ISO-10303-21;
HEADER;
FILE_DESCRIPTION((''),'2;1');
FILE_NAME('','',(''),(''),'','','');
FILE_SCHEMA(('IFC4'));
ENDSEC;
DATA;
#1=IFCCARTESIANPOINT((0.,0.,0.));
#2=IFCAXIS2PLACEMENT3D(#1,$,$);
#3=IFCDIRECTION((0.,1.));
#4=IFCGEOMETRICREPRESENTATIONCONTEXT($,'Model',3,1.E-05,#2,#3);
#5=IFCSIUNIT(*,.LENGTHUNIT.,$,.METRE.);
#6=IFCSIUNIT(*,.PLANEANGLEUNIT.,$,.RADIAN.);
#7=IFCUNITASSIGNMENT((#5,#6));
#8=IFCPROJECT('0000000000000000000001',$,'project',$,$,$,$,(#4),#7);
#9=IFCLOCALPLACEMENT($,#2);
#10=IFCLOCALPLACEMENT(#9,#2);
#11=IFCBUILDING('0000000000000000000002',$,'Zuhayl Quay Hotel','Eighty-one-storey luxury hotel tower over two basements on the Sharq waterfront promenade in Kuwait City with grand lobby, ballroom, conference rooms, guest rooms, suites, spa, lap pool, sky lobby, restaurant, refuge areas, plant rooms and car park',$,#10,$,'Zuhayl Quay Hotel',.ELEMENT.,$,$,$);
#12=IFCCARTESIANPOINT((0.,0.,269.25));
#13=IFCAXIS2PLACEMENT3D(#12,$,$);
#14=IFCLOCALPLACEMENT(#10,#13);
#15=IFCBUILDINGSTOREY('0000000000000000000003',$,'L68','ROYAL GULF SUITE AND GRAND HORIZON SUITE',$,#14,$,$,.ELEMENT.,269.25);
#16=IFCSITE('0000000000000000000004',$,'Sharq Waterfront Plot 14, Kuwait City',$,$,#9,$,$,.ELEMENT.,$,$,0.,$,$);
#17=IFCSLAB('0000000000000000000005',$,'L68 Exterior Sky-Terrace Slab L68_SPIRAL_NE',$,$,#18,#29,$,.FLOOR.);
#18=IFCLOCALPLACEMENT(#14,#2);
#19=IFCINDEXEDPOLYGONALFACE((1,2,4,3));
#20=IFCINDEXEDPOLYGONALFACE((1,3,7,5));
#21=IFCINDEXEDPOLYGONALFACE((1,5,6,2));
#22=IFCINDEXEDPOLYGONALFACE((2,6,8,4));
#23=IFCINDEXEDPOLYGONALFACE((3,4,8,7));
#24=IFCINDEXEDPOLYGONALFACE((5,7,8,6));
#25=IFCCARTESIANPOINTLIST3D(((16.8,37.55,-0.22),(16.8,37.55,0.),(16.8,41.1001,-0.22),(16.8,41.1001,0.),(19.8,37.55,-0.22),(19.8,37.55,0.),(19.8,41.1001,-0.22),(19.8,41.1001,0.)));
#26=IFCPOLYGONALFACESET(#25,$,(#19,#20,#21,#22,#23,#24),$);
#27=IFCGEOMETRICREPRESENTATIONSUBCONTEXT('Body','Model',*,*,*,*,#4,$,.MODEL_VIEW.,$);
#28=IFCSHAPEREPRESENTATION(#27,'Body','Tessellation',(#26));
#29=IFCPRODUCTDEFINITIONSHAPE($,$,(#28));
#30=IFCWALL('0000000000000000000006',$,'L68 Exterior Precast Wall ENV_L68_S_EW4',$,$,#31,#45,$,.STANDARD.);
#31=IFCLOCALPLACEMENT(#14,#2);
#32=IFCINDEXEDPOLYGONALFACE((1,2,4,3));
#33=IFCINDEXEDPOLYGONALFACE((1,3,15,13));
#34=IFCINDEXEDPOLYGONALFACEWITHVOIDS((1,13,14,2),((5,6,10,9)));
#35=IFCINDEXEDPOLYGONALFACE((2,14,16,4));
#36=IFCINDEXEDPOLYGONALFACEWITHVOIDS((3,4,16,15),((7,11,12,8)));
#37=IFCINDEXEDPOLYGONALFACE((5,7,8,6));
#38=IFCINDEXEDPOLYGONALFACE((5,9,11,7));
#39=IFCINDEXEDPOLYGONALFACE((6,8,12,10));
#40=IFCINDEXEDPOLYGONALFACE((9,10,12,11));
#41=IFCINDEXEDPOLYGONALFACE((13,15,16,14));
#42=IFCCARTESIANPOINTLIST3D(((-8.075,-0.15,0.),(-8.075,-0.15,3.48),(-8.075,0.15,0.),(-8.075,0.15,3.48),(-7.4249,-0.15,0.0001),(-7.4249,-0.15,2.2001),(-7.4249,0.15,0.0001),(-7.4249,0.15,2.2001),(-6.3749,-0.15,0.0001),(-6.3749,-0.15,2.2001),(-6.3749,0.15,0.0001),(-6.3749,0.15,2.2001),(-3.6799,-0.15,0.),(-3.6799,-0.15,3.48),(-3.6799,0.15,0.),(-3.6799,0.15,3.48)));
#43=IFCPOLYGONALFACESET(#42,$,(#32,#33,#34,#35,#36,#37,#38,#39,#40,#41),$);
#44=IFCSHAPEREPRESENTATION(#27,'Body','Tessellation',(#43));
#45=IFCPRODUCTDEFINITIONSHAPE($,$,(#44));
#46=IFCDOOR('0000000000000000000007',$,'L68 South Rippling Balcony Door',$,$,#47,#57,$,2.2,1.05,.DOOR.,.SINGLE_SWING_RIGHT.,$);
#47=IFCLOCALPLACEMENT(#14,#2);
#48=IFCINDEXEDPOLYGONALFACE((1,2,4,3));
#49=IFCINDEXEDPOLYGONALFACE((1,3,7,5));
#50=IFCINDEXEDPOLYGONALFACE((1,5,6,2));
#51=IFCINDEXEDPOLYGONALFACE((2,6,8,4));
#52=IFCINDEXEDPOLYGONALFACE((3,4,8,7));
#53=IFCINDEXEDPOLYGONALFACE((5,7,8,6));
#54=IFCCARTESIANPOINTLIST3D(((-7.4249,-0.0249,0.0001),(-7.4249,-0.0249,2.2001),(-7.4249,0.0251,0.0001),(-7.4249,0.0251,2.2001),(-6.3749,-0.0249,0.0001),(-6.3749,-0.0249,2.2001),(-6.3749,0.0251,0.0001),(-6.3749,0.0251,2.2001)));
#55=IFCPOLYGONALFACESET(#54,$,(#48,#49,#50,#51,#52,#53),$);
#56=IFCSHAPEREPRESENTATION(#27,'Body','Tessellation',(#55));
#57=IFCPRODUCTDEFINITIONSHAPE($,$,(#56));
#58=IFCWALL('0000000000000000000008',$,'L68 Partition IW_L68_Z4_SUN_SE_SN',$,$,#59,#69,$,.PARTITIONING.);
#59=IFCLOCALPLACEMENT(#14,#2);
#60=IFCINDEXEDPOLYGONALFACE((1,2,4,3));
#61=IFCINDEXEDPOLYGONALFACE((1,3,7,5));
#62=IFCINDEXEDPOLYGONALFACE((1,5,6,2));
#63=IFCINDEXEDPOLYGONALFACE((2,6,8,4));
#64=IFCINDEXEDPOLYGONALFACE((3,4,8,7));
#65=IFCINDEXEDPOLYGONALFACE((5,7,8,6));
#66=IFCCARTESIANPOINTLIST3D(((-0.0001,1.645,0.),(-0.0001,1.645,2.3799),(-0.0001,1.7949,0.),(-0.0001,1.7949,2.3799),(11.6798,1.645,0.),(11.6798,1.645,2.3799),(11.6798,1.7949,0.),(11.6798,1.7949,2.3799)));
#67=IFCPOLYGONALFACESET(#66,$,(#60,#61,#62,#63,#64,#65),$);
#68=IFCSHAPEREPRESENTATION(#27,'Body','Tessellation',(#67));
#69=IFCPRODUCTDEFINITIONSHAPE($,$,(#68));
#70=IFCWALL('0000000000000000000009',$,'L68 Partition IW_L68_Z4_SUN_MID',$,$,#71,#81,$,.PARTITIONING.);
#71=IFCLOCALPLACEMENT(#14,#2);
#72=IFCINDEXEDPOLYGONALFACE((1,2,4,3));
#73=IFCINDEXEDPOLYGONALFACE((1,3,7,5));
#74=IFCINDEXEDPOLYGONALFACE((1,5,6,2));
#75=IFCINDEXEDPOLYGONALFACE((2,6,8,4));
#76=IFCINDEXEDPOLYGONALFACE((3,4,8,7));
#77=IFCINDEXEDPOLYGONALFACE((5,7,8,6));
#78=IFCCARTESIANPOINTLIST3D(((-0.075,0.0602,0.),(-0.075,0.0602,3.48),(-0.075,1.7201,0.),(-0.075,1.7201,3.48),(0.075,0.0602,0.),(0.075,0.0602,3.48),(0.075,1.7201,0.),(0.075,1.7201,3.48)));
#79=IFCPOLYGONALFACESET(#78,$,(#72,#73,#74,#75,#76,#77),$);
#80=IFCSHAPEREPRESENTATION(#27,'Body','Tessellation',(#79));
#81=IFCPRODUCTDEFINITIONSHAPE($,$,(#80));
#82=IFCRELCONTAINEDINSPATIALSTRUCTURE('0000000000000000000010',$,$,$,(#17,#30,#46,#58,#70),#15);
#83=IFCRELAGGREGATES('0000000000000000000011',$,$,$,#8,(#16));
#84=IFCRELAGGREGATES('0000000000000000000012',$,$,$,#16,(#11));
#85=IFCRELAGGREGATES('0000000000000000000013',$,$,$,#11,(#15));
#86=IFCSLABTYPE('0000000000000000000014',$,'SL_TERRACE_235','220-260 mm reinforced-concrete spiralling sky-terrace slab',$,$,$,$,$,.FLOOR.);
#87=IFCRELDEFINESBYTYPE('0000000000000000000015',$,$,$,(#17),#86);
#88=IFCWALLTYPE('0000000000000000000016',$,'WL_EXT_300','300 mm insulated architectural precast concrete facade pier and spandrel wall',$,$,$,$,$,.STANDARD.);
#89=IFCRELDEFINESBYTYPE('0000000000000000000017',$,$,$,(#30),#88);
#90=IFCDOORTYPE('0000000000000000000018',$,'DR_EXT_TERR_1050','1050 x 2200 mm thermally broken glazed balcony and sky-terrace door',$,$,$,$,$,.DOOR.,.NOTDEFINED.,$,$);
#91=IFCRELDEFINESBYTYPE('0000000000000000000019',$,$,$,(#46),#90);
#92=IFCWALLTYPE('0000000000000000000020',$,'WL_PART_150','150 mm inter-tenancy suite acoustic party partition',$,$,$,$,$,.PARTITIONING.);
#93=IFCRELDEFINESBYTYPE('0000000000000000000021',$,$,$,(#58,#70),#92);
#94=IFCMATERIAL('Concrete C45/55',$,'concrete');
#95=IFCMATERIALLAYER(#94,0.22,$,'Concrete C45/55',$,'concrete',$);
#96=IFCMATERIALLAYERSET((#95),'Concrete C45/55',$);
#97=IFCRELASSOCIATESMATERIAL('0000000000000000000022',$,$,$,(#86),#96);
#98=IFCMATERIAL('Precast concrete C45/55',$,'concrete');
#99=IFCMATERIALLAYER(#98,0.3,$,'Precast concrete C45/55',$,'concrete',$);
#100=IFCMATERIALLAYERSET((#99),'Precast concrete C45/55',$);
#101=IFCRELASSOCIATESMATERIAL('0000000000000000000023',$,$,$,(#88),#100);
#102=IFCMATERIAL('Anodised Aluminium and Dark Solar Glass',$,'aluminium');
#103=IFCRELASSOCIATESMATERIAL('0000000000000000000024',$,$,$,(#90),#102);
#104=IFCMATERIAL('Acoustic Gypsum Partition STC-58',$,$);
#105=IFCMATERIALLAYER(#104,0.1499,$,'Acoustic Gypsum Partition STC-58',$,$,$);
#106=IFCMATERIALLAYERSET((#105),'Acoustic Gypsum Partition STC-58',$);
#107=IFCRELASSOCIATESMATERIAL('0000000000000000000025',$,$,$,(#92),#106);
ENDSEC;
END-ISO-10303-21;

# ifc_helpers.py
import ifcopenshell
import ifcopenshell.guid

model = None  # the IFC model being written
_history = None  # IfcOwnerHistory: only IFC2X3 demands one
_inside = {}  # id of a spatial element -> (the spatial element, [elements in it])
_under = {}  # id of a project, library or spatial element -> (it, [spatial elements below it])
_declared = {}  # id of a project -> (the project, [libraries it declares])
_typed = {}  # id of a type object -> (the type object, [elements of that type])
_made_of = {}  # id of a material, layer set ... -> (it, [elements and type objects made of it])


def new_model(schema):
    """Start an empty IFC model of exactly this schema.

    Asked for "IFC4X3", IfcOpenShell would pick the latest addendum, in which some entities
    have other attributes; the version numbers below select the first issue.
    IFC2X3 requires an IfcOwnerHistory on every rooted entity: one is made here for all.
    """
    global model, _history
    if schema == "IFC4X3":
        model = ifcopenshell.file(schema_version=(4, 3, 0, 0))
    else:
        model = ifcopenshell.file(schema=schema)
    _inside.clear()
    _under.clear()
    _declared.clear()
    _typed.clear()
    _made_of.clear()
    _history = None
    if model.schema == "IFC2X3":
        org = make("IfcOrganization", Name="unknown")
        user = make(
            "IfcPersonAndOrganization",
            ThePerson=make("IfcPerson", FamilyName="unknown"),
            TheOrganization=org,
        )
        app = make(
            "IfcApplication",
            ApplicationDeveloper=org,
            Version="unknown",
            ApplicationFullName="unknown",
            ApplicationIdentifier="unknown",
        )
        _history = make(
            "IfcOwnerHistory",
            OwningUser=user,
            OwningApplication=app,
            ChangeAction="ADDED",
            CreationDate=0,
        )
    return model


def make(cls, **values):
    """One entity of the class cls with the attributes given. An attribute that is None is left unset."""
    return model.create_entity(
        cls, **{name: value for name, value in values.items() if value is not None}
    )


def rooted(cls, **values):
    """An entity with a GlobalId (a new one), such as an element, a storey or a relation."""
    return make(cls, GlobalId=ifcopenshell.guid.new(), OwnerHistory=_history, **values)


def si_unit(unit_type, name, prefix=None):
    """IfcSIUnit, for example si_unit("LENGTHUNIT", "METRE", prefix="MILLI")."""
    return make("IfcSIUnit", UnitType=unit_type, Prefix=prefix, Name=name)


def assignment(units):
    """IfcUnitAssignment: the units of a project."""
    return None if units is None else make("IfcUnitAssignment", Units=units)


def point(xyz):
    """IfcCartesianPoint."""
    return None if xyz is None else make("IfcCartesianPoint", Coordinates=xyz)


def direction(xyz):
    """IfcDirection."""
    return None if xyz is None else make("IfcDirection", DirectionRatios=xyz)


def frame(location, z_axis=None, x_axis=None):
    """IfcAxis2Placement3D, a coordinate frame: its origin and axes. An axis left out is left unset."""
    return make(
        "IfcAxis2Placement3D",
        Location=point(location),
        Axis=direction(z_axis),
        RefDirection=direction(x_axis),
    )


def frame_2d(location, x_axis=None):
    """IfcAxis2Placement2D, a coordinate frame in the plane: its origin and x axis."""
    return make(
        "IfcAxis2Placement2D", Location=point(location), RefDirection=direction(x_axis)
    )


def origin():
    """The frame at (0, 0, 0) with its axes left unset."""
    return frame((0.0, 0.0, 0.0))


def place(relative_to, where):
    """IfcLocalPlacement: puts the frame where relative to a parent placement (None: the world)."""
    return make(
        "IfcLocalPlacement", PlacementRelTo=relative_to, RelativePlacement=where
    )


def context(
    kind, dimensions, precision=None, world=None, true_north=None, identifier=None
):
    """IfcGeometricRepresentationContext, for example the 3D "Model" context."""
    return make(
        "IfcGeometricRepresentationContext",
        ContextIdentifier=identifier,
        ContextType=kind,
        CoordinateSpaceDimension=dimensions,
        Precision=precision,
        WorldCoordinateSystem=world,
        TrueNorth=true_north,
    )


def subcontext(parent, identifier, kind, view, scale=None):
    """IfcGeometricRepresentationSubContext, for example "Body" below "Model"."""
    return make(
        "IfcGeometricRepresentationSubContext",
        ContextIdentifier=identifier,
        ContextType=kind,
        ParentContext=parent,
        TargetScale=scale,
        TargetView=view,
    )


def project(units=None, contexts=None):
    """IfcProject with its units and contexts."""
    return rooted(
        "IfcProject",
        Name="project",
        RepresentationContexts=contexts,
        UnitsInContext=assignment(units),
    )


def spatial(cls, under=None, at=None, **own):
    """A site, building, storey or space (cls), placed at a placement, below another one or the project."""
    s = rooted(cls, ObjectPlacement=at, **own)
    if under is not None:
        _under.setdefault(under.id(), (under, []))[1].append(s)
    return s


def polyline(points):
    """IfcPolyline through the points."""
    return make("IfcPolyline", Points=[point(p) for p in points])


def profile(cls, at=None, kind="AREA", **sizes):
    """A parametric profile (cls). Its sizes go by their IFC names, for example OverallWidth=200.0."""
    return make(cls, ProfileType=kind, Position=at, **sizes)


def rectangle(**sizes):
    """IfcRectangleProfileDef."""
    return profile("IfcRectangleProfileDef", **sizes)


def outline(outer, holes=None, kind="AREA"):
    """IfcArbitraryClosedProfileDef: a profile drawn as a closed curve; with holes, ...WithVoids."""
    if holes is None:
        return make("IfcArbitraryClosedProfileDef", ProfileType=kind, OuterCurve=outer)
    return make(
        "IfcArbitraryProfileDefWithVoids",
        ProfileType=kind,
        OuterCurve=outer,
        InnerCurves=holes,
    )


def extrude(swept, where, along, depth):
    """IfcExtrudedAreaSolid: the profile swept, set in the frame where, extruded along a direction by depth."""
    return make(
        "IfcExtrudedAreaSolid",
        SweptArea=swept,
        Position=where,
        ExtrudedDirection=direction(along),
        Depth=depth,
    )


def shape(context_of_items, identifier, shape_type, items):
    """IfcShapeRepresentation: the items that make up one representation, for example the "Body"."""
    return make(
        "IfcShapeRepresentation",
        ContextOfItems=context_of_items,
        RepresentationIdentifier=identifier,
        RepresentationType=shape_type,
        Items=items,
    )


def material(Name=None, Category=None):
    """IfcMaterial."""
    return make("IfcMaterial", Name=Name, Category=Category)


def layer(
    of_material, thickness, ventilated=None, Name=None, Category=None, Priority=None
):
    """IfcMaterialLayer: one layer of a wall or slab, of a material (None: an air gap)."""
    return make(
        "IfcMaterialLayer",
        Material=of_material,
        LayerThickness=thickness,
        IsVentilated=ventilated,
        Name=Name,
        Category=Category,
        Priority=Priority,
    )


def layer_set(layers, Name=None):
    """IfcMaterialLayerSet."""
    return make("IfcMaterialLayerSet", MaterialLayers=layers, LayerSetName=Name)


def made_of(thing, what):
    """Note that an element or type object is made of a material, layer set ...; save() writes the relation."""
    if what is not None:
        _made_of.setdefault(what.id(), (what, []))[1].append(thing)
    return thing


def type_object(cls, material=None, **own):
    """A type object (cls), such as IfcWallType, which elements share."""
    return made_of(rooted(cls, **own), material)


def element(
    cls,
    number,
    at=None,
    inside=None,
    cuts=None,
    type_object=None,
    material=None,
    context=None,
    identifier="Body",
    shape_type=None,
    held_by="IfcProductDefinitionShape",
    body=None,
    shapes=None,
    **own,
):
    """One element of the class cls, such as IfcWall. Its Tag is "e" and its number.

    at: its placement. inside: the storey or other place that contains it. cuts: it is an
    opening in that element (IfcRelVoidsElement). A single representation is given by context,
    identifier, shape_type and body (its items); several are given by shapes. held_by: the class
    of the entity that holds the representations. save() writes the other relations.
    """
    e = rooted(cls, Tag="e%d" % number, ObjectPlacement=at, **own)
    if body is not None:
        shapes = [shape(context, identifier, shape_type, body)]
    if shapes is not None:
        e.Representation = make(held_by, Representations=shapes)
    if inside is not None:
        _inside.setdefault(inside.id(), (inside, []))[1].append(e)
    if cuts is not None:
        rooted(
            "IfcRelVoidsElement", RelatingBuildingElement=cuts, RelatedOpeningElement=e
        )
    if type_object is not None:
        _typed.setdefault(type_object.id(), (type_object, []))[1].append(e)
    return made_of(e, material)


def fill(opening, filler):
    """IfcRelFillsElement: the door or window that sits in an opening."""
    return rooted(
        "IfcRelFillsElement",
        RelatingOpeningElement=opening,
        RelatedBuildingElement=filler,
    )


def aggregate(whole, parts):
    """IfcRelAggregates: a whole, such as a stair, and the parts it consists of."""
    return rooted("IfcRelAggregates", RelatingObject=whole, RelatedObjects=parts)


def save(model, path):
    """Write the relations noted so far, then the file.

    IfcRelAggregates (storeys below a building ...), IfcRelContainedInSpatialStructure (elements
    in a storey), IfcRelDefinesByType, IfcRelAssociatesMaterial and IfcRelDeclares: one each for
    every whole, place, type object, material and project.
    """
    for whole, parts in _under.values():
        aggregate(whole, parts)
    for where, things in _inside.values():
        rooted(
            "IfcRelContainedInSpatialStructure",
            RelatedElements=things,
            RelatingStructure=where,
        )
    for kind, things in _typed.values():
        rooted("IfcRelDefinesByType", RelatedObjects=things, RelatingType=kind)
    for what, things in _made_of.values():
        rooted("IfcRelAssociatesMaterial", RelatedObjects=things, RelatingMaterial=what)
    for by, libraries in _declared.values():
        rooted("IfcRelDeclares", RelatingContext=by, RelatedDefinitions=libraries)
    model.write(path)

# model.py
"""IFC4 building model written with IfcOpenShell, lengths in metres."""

from ifc_helpers import new_model, si_unit, direction, frame, frame_2d, origin, place, context, subcontext, project, spatial, polyline, rectangle, outline, extrude, material, layer, layer_set, type_object, element, fill, save


model = new_model("IFC4")

# Units and contexts
model_context = context("Model", 3, precision=1e-05, world=origin(), true_north=direction((0.0, 1.0)))
body_context = subcontext(model_context, "Body", "Model", "MODEL_VIEW")
ifc_project = project(units=[si_unit("LENGTHUNIT", "METRE"), si_unit("PLANEANGLEUNIT", "RADIAN")], contexts=[model_context])

# Site, building, storey
site_placement = place(None, origin())
site = spatial("IfcSite", under=ifc_project, at=site_placement, Name="Sharq Waterfront Plot 14, Kuwait City", CompositionType="ELEMENT", RefElevation=0.0)
building_placement = place(site_placement, origin())
building = spatial("IfcBuilding", under=site, at=building_placement, Name="Zuhayl Quay Hotel", Description="Eighty-one-storey luxury hotel tower over two basements on the Sharq waterfront promenade in Kuwait City with grand lobby, ballroom, conference rooms, guest rooms, suites, spa, lap pool, sky lobby, restaurant, refuge areas, plant rooms and car park", LongName="Zuhayl Quay Hotel", CompositionType="ELEMENT")
storey_placement = place(building_placement, frame((0.0, 0.0, 269.25)))
storey = spatial("IfcBuildingStorey", under=building, at=storey_placement, Name="L68", Description="ROYAL GULF SUITE AND GRAND HORIZON SUITE", CompositionType="ELEMENT", Elevation=269.25)

# Shared definitions
ifc_material_1 = material(Name="Concrete C45/55", Category="concrete")

# Slab
ifc_layer_1 = layer(ifc_material_1, 0.22, Name="Concrete C45/55", Category="concrete")
ifc_layer_set_1 = layer_set([ifc_layer_1], Name="Concrete C45/55")
slab_type_1 = type_object("IfcSlabType", Name="SL_TERRACE_235", Description="220-260 mm reinforced-concrete spiralling sky-terrace slab", PredefinedType="FLOOR", material=ifc_layer_set_1)
slab_1_placement = place(storey_placement, frame((0.0, 0.0, -0.22)))
element("IfcSlab", 1, at=slab_1_placement, inside=storey, type_object=slab_type_1, Name="L68 Exterior Sky-Terrace Slab L68_SPIRAL_NE", PredefinedType="FLOOR", context=body_context, shape_type="SweptSolid", body=[
    extrude(outline(polyline([(16.8, 37.55), (19.8, 37.55), (19.8, 41.1001), (16.8, 41.1001), (16.8, 37.55)])), origin(), (0.0, 0.0, 1.0), 0.22),
])

# Wall, opening, door
ifc_material_2 = material(Name="Precast concrete C45/55", Category="concrete")
ifc_layer_2 = layer(ifc_material_2, 0.3, Name="Precast concrete C45/55", Category="concrete")
ifc_layer_set_2 = layer_set([ifc_layer_2], Name="Precast concrete C45/55")
wall_type_1 = type_object("IfcWallType", Name="WL_EXT_300", Description="300 mm insulated architectural precast concrete facade pier and spandrel wall", PredefinedType="STANDARD", material=ifc_layer_set_2)
wall_1_placement = place(storey_placement, frame((-3.6799, 0.0, 0.0), z_axis=(0.0, 0.0, 1.0), x_axis=(-1.0, 0.0, 0.0)))
wall_1 = element("IfcWall", 2, at=wall_1_placement, inside=storey, type_object=wall_type_1, Name="L68 Exterior Precast Wall ENV_L68_S_EW4", PredefinedType="STANDARD", context=body_context, shape_type="SweptSolid", body=[
    extrude(rectangle(XDim=4.395, YDim=0.3, at=frame_2d((2.1975, 0.0))), origin(), (0.0, 0.0, 1.0), 3.48),
])
opening_placement = place(wall_1_placement, frame((2.6951, 0.0, 0.0)))
opening = element("IfcOpeningElement", 3, at=opening_placement, cuts=wall_1, PredefinedType="OPENING", context=body_context, shape_type="SweptSolid", body=[
    extrude(rectangle(XDim=1.05, YDim=2.2, at=frame_2d((0.5249, 1.1001))), frame((0.0, 0.1599, 0.0), z_axis=(0.0, -1.0, 0.0), x_axis=(1.0, 0.0, 0.0)), (0.0, 0.0, 1.0), 0.3201),
])
ifc_material_3 = material(Name="Anodised Aluminium and Dark Solar Glass", Category="aluminium")
door_type = type_object("IfcDoorType", Name="DR_EXT_TERR_1050", Description="1050 x 2200 mm thermally broken glazed balcony and sky-terrace door", OperationType="NOTDEFINED", PredefinedType="DOOR", material=ifc_material_3)
door_placement = place(opening_placement, origin())
door = element("IfcDoor", 4, at=door_placement, inside=storey, type_object=door_type, Name="L68 South Rippling Balcony Door", OperationType="SINGLE_SWING_RIGHT", OverallHeight=2.2, OverallWidth=1.05, PredefinedType="DOOR", context=body_context, shape_type="SweptSolid", body=[
    extrude(rectangle(XDim=1.05, YDim=2.2, at=frame_2d((0.5249, 1.1001))), frame((0.0, 0.0249, 0.0), z_axis=(0.0, -1.0, 0.0), x_axis=(1.0, 0.0, 0.0)), (0.0, 0.0, 1.0), 0.05),
])
fill(opening, door)

# Walls
ifc_material_4 = material(Name="Acoustic Gypsum Partition STC-58")
ifc_layer_3 = layer(ifc_material_4, 0.1499, Name="Acoustic Gypsum Partition STC-58")
ifc_layer_set_3 = layer_set([ifc_layer_3], Name="Acoustic Gypsum Partition STC-58")
wall_type_2 = type_object("IfcWallType", Name="WL_PART_150", Description="150 mm inter-tenancy suite acoustic party partition", PredefinedType="PARTITIONING", material=ifc_layer_set_3)
wall_2_placement = place(storey_placement, frame((0.0, 1.72, 0.0), z_axis=(0.0, 0.0, 1.0), x_axis=(1.0, 0.0, 0.0)))
element("IfcWall", 5, at=wall_2_placement, inside=storey, type_object=wall_type_2, Name="L68 Partition IW_L68_Z4_SUN_SE_SN", PredefinedType="PARTITIONING", context=body_context, shape_type="SweptSolid", body=[
    extrude(rectangle(XDim=11.6799, YDim=0.1499, at=frame_2d((5.8398, 0.0))), origin(), (0.0, 0.0, 1.0), 2.3799),
])
wall_3_placement = place(storey_placement, frame((0.0, 0.0601, 0.0), z_axis=(0.0, 0.0, 1.0), x_axis=(0.0, 1.0, 0.0)))
element("IfcWall", 6, at=wall_3_placement, inside=storey, type_object=wall_type_2, Name="L68 Partition IW_L68_Z4_SUN_MID", PredefinedType="PARTITIONING", context=body_context, shape_type="SweptSolid", body=[
    extrude(rectangle(XDim=1.6599, YDim=0.1499, at=frame_2d((0.8301, 0.0))), origin(), (0.0, 0.0, 1.0), 3.48),
])

save(model, "model.ifc")
